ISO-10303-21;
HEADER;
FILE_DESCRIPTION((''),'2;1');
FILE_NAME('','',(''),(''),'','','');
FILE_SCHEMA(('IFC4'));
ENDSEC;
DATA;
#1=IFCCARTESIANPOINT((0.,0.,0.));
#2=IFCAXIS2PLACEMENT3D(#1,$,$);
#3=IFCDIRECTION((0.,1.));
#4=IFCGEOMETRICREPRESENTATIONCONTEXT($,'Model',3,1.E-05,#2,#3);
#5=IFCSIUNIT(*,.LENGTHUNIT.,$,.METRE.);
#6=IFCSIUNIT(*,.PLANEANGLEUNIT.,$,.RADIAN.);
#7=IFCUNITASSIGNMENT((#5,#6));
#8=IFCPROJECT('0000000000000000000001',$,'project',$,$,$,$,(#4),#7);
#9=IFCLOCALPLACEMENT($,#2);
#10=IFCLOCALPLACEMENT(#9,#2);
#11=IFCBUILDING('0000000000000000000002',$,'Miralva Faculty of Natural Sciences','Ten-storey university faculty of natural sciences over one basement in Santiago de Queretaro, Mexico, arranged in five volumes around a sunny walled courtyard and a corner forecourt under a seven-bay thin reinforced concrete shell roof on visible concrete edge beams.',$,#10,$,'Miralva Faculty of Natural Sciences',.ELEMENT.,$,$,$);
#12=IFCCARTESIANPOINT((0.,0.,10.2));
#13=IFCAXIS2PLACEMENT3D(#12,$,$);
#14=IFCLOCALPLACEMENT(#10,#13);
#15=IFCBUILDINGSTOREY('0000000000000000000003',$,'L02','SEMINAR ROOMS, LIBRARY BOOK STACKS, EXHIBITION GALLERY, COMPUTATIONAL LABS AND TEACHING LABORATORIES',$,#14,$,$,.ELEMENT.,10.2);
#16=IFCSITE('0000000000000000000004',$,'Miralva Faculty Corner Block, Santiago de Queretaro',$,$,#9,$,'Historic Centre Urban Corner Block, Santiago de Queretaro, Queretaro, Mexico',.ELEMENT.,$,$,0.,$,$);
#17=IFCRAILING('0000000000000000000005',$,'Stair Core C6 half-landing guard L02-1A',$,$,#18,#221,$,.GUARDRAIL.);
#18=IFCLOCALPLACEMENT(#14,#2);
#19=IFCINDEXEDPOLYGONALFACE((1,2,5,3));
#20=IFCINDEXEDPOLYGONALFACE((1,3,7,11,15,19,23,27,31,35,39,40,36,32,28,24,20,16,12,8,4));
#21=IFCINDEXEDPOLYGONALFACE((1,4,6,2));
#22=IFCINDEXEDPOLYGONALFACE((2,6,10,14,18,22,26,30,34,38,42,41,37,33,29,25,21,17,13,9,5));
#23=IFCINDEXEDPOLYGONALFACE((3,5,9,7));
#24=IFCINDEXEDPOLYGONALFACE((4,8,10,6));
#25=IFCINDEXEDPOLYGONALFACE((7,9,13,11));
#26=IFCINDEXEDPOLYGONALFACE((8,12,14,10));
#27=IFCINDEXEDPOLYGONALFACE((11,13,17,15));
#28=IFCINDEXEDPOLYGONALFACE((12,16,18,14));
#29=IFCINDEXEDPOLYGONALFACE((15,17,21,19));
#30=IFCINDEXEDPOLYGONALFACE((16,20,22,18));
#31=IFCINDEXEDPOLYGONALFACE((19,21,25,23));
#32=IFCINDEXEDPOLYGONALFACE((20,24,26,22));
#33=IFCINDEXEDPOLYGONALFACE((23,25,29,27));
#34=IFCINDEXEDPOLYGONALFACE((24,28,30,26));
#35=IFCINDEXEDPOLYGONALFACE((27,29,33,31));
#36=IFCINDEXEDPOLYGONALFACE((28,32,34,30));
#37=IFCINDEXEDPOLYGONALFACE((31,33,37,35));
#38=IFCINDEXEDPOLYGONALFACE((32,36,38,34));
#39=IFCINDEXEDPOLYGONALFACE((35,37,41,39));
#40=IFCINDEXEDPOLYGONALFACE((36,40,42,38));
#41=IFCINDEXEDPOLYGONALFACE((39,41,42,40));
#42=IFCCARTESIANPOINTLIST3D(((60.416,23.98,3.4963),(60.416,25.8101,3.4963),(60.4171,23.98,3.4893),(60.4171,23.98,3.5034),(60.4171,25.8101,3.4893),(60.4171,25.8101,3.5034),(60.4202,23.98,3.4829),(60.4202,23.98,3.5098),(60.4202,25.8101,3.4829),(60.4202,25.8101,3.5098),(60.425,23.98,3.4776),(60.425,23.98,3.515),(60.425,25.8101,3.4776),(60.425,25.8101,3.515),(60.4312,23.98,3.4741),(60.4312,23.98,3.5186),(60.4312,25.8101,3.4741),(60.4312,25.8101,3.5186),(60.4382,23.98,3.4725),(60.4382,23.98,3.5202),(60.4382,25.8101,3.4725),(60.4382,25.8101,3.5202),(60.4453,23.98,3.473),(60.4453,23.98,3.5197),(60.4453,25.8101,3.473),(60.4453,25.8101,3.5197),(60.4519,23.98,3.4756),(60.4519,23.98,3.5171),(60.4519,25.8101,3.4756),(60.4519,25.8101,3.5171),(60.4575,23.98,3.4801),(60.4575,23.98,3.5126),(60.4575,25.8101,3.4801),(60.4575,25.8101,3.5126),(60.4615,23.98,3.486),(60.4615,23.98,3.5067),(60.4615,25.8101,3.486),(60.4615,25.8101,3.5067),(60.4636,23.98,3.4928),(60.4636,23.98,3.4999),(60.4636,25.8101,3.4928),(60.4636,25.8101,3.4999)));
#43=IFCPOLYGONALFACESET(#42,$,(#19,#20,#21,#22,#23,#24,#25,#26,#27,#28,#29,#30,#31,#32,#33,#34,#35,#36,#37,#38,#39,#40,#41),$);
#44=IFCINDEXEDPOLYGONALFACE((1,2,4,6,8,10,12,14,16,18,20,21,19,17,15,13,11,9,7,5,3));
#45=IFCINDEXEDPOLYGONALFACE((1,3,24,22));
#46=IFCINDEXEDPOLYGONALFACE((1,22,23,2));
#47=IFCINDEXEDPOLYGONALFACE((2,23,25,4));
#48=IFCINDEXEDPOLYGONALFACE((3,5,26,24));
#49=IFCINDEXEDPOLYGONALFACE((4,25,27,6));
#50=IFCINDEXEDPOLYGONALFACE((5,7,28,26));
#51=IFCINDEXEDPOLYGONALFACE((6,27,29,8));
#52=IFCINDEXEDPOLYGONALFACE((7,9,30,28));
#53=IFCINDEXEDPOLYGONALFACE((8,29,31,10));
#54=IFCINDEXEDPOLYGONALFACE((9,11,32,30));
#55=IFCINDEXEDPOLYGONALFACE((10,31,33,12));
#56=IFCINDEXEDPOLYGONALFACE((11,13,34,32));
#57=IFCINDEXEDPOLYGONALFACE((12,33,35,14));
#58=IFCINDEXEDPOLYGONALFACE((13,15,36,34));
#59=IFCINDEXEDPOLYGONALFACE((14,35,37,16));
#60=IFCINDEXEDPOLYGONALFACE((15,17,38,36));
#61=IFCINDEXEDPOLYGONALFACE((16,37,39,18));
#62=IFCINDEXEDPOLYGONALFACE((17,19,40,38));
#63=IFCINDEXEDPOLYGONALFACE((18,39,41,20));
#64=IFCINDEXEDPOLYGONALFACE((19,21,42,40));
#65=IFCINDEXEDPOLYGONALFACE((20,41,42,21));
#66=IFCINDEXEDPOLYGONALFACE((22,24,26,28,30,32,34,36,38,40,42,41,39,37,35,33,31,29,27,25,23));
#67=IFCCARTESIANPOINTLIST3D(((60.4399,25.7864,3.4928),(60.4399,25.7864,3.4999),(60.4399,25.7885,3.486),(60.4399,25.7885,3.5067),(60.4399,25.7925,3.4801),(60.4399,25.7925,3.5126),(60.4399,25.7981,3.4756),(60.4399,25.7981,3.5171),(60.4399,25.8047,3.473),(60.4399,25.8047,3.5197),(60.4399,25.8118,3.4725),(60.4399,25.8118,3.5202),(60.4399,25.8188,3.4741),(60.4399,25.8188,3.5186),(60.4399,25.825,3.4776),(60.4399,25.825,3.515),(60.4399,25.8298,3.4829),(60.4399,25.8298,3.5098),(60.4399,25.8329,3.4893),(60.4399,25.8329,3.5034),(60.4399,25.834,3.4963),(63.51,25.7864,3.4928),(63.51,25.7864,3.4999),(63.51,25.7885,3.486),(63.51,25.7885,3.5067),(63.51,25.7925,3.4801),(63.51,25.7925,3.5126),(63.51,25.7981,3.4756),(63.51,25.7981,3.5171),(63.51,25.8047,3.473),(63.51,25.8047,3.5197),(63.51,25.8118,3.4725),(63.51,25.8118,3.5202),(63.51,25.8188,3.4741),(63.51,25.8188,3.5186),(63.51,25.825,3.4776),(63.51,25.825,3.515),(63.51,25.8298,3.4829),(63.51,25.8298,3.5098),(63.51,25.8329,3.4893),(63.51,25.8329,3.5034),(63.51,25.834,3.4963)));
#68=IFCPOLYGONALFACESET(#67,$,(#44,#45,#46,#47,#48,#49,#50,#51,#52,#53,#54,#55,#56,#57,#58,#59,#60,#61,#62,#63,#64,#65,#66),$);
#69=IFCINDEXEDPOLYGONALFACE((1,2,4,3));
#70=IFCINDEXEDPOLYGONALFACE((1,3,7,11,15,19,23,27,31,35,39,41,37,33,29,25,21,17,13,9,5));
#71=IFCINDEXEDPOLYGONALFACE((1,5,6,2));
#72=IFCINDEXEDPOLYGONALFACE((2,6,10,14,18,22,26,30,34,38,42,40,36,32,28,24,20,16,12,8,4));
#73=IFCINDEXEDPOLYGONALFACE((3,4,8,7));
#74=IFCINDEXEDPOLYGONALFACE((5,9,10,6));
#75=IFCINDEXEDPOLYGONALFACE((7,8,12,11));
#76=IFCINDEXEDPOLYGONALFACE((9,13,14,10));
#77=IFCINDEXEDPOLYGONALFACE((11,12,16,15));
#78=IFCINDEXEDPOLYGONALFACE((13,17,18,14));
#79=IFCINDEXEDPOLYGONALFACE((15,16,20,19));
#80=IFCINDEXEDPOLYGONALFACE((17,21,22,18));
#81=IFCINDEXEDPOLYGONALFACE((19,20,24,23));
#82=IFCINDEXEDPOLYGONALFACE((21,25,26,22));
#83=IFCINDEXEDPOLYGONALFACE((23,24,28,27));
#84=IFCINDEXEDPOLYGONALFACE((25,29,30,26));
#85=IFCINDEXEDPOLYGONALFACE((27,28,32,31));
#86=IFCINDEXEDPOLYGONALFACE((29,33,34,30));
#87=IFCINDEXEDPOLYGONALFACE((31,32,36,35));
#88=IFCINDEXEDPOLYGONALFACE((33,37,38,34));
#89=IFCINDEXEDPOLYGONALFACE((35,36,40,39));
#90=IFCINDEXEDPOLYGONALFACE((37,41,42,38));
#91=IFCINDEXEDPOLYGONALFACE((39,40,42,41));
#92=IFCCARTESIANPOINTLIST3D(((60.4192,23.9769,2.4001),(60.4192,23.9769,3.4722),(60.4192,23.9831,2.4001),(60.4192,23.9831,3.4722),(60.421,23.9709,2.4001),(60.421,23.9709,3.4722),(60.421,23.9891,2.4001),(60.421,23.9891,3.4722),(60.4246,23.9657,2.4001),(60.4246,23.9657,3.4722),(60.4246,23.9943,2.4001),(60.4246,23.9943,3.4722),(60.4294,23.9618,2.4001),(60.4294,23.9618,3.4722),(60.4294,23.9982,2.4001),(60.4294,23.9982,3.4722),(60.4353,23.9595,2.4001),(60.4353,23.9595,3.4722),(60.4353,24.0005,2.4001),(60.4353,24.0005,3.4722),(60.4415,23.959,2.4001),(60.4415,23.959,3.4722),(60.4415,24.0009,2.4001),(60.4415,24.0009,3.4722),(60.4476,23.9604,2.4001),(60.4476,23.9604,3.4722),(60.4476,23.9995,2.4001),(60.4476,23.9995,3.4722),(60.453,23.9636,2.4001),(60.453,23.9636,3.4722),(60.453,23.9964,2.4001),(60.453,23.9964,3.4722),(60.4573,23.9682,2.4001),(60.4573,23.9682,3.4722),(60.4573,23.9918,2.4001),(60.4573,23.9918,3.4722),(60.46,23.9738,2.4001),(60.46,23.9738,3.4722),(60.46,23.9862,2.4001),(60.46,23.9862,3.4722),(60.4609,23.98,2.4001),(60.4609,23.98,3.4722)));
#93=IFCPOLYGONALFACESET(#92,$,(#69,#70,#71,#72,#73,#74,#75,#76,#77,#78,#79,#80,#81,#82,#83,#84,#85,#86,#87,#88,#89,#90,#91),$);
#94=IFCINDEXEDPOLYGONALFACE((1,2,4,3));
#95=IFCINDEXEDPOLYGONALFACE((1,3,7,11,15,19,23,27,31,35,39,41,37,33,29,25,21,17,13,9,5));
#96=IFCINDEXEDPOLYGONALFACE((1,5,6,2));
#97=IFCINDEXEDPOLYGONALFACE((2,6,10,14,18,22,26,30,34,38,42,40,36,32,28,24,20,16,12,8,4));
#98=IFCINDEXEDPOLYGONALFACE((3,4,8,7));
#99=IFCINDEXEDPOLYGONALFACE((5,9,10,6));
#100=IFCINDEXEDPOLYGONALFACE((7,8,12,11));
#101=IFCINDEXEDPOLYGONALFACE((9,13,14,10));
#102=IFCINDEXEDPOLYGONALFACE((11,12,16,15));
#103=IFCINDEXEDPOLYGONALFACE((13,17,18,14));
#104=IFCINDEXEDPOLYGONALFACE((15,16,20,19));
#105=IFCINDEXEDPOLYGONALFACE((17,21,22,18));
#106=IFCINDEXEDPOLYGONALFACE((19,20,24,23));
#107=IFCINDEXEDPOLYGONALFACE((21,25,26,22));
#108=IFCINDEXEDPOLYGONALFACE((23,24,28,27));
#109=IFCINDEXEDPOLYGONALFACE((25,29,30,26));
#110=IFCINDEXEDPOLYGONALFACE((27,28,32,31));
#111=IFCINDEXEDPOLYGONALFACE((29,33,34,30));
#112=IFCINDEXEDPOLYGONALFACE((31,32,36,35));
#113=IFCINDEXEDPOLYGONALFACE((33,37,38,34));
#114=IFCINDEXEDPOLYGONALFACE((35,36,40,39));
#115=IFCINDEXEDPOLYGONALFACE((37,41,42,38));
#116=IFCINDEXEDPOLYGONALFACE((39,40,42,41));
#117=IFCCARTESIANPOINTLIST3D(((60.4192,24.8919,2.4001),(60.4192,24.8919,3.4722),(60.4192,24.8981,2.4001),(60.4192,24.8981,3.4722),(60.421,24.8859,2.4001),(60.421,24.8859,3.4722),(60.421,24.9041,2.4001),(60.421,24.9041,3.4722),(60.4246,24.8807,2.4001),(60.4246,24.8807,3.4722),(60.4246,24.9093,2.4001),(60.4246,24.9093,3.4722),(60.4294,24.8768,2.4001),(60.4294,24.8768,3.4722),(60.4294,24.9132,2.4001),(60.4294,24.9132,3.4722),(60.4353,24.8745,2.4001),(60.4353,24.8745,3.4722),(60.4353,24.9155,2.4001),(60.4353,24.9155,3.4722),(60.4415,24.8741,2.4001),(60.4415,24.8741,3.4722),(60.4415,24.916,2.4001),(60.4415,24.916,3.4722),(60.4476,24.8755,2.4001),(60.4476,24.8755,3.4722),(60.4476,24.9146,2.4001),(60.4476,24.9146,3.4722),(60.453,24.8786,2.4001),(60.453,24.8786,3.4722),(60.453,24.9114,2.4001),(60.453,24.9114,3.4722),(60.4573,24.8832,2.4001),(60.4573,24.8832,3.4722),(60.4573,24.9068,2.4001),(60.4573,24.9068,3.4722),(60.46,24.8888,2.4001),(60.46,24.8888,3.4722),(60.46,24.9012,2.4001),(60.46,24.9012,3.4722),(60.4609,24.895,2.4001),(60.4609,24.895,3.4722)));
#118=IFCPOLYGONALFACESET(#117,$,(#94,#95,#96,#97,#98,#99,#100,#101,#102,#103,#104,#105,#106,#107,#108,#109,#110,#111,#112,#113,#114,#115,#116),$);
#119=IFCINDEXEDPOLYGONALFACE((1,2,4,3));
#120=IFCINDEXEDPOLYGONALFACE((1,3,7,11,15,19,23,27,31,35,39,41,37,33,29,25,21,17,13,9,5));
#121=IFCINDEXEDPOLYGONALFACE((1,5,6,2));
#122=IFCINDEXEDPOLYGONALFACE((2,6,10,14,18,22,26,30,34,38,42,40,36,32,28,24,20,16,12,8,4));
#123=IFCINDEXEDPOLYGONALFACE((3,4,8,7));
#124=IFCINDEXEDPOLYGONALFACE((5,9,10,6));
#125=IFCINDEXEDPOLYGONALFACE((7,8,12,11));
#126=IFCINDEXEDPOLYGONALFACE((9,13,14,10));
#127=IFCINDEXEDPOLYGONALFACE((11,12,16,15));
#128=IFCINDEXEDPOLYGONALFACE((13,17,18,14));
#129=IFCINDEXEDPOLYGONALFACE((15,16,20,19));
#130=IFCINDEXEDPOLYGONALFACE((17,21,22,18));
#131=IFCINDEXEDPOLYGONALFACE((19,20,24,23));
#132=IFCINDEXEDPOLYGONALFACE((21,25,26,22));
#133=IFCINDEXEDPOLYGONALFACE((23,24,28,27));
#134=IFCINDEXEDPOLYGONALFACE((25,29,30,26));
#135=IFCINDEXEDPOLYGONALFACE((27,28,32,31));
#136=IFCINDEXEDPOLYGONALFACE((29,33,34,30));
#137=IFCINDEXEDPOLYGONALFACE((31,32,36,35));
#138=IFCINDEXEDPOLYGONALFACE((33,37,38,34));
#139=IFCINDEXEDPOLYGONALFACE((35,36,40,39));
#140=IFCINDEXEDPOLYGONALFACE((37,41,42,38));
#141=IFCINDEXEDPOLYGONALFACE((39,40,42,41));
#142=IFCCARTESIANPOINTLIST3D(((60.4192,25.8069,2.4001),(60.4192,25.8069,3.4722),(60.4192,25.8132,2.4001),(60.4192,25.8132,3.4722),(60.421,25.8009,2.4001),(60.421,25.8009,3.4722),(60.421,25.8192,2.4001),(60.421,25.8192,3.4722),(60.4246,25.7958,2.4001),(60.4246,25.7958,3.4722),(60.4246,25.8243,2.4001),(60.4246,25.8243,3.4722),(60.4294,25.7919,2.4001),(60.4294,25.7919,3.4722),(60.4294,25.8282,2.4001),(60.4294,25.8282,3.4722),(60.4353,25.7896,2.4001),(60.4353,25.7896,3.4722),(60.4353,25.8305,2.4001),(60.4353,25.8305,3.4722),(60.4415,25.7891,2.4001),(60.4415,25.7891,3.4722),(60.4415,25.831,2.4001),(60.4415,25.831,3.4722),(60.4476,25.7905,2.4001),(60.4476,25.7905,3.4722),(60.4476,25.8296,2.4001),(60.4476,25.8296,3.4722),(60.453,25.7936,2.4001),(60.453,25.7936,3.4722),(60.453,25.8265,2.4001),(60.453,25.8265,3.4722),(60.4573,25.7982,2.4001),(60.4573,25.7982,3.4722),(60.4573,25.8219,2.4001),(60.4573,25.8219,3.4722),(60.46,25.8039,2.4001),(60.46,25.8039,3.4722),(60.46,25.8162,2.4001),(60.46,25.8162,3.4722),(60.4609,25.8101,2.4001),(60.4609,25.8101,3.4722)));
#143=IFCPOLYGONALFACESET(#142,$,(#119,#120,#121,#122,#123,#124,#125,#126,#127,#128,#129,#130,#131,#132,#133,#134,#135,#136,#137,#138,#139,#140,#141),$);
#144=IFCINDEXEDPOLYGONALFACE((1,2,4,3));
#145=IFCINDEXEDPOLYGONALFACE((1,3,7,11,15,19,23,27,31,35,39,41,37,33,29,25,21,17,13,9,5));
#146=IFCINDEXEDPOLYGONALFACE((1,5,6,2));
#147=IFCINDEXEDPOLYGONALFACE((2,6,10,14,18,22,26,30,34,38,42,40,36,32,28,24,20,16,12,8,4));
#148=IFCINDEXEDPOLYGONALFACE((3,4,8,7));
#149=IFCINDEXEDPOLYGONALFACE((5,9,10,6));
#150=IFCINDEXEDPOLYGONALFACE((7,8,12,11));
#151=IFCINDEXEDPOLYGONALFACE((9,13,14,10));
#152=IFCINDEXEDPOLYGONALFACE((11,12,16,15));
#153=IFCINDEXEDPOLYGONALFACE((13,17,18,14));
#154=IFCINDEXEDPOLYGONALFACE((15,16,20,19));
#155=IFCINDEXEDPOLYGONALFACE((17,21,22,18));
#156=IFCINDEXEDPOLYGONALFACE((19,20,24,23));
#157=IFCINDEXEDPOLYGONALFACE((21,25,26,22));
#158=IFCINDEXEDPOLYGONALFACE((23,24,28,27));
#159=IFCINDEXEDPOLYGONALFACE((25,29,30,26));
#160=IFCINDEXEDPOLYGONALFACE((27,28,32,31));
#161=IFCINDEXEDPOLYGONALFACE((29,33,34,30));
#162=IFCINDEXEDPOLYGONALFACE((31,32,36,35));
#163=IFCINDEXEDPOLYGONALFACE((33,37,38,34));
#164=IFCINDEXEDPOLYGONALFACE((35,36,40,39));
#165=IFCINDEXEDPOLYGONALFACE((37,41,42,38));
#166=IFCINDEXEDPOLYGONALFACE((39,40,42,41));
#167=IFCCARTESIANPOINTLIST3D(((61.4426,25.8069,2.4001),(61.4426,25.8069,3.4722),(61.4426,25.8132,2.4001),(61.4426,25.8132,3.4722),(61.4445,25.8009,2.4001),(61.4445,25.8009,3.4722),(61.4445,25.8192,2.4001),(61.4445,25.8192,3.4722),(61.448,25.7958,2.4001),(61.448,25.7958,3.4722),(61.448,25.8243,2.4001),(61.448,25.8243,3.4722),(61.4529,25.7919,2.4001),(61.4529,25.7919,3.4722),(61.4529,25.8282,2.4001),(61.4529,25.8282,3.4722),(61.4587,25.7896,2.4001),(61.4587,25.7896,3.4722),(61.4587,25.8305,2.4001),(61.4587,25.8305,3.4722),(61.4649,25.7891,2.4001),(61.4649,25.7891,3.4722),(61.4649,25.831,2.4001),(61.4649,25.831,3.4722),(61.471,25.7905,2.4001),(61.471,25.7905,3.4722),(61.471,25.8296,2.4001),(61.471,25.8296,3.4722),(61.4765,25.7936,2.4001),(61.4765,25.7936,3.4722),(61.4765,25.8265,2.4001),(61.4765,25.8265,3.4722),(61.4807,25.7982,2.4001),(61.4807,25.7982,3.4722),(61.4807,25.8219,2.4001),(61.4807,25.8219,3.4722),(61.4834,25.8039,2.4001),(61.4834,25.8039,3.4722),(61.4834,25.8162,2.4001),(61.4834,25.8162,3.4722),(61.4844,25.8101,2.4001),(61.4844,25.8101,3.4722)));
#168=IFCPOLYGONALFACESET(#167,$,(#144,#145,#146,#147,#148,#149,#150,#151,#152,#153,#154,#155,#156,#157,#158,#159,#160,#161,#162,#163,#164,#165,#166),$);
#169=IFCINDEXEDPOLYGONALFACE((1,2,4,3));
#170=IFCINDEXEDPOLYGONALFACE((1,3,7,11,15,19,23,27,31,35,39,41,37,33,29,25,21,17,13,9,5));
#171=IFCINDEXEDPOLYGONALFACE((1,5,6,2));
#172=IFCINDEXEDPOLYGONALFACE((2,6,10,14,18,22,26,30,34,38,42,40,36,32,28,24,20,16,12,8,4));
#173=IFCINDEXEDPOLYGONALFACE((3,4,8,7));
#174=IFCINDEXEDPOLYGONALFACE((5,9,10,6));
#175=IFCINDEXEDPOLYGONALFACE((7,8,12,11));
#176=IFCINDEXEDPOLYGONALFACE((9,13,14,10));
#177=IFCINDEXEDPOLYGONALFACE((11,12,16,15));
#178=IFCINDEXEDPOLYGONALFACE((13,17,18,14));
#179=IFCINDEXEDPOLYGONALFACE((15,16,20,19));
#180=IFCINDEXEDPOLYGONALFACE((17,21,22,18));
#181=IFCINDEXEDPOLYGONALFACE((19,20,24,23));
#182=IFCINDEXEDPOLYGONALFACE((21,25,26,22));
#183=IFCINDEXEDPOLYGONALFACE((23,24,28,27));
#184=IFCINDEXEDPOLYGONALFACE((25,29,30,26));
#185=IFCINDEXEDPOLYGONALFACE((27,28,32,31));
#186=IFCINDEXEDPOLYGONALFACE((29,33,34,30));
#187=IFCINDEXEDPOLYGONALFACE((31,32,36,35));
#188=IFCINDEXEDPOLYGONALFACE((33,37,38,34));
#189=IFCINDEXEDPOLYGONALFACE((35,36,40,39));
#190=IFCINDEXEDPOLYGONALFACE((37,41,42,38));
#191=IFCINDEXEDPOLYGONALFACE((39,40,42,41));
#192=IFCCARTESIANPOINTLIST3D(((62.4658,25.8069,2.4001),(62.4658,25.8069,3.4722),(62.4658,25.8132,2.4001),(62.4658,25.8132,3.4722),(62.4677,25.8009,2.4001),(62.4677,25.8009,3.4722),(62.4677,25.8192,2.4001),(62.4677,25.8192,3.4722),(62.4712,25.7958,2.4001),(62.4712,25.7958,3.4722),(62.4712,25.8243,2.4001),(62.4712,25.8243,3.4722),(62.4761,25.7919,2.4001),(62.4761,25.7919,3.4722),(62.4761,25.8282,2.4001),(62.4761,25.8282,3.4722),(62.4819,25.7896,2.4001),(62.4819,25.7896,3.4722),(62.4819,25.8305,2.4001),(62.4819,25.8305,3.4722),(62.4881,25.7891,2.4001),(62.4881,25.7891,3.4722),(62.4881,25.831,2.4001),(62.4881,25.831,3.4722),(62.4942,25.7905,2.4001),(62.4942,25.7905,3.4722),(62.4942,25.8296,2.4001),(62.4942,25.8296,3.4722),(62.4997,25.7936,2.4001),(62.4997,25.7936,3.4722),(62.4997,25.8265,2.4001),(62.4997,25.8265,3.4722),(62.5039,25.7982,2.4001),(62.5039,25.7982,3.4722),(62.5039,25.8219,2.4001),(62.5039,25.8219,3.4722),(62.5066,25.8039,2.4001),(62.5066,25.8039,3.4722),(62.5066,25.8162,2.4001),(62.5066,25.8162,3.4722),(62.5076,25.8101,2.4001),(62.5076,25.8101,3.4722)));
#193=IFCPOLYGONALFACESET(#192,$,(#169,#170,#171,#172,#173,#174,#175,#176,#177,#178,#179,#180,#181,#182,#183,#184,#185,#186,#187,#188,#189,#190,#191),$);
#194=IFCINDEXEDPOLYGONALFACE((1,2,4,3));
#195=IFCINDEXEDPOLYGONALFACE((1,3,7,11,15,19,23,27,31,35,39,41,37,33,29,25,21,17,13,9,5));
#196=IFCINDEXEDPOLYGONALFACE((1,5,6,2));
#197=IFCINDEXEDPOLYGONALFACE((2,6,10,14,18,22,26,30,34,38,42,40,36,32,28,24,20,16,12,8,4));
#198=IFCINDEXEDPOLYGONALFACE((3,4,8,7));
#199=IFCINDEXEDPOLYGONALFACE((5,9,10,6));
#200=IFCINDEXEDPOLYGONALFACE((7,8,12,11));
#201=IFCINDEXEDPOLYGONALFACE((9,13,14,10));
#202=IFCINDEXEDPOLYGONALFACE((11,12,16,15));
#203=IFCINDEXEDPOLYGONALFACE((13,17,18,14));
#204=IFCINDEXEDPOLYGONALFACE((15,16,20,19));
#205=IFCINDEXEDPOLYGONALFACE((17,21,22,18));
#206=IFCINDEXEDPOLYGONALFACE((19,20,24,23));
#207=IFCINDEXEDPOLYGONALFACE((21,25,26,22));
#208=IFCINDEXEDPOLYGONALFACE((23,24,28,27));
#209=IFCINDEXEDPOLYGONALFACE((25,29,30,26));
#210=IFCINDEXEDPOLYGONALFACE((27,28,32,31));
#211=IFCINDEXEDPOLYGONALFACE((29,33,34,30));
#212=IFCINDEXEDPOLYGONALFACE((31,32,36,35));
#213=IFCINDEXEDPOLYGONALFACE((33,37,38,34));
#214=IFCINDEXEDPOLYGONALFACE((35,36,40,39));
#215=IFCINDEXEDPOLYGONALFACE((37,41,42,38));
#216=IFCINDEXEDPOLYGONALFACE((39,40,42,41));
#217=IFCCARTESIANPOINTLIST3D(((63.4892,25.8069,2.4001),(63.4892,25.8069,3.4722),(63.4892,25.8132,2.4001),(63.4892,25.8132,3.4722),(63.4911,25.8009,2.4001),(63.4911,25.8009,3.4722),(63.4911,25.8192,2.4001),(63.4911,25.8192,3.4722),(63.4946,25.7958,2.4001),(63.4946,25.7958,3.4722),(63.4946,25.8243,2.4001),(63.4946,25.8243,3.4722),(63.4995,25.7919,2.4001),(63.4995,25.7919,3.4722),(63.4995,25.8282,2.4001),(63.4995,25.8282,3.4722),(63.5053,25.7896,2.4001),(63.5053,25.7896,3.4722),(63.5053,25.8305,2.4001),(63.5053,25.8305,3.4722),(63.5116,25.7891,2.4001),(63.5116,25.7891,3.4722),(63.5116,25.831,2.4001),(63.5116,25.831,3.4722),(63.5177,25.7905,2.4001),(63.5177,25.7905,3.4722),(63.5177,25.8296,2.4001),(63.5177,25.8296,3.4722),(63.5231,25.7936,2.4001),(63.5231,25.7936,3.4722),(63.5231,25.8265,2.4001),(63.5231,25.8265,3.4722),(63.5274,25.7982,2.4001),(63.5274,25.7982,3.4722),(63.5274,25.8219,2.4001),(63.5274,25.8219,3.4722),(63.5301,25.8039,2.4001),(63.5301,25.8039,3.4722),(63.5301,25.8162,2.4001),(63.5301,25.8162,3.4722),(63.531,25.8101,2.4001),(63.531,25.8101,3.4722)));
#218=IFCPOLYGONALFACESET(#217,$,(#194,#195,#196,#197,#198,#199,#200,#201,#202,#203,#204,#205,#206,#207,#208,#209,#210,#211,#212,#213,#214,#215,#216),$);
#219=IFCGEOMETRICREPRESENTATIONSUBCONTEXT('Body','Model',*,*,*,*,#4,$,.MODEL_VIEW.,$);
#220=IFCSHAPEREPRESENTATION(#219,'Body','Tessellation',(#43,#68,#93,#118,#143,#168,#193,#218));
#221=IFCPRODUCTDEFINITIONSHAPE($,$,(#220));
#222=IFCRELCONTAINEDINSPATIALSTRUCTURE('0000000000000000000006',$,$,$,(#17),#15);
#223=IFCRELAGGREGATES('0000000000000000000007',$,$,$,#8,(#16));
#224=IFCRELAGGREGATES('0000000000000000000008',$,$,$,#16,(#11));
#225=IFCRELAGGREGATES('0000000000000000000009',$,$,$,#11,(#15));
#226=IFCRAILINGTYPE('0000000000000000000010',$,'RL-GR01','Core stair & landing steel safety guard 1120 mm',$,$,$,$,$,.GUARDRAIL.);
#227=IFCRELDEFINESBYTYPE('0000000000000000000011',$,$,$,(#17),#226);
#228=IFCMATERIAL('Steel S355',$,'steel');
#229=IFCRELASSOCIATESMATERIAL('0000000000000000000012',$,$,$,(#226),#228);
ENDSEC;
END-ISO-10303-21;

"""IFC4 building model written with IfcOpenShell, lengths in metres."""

from ifc_helpers import new_model, si_unit, direction, frame, origin, origin_2d, place, context, subcontext, project, spatial, circle, extrude, material, type_object, element, save


model = new_model("IFC4")

# Units and contexts
model_context = context("Model", 3, precision=1e-05, world=origin(), true_north=direction((0.0, 1.0)))
body_context = subcontext(model_context, "Body", "Model", "MODEL_VIEW")
ifc_project = project(units=[si_unit("LENGTHUNIT", "METRE"), si_unit("PLANEANGLEUNIT", "RADIAN")], contexts=[model_context])

# Site, building, storey
site_placement = place(None, origin())
site = spatial("IfcSite", under=ifc_project, at=site_placement, Name="Miralva Faculty Corner Block, Santiago de Queretaro", LongName="Historic Centre Urban Corner Block, Santiago de Queretaro, Queretaro, Mexico", CompositionType="ELEMENT", RefElevation=0.0)
building_placement = place(site_placement, origin())
building = spatial("IfcBuilding", under=site, at=building_placement, Name="Miralva Faculty of Natural Sciences", Description="Ten-storey university faculty of natural sciences over one basement in Santiago de Queretaro, Mexico, arranged in five volumes around a sunny walled courtyard and a corner forecourt under a seven-bay thin reinforced concrete shell roof on visible concrete edge beams.", LongName="Miralva Faculty of Natural Sciences", CompositionType="ELEMENT")
storey_placement = place(building_placement, frame((0.0, 0.0, 10.2)))
storey = spatial("IfcBuildingStorey", under=building, at=storey_placement, Name="L02", Description="SEMINAR ROOMS, LIBRARY BOOK STACKS, EXHIBITION GALLERY, COMPUTATIONAL LABS AND TEACHING LABORATORIES", CompositionType="ELEMENT", Elevation=10.2)

# Railing
ifc_material_1 = material(Name="Steel S355", Category="steel")
railing_type_1 = type_object("IfcRailingType", Name="RL-GR01", Description="Core stair & landing steel safety guard 1120 mm", PredefinedType="GUARDRAIL", material=ifc_material_1)
railing_1_placement = place(storey_placement, frame((60.4399, 23.98, 2.4001)))
element("IfcRailing", 1, at=railing_1_placement, inside=storey, type_object=railing_type_1, Name="Stair Core C6 half-landing guard L02-1A", PredefinedType="GUARDRAIL", context=body_context, shape_type="SweptSolid", body=[
    extrude(circle(Radius=0.0239, at=origin_2d()), frame((0.0, 0.0, 1.0962), z_axis=(0.0, 1.0, 0.0), x_axis=(-1.0, 0.0, 0.0)), (0.0, 0.0, 1.0), 1.8301),
    extrude(circle(Radius=0.0239, at=origin_2d()), frame((0.0, 1.8301, 1.0962), z_axis=(1.0, 0.0, 0.0), x_axis=(0.0, 1.0, 0.0)), (0.0, 0.0, 1.0), 3.0701),
    extrude(circle(Radius=0.021, at=origin_2d()), origin(), (0.0, 0.0, 1.0), 1.072),
    extrude(circle(Radius=0.021, at=origin_2d()), frame((0.0, 0.915, 0.0)), (0.0, 0.0, 1.0), 1.072),
    extrude(circle(Radius=0.021, at=origin_2d()), frame((0.0, 1.8301, 0.0)), (0.0, 0.0, 1.0), 1.072),
    extrude(circle(Radius=0.021, at=origin_2d()), frame((1.0234, 1.8301, 0.0)), (0.0, 0.0, 1.0), 1.072),
    extrude(circle(Radius=0.021, at=origin_2d()), frame((2.0466, 1.8301, 0.0)), (0.0, 0.0, 1.0), 1.072),
    extrude(circle(Radius=0.021, at=origin_2d()), frame((3.0701, 1.8301, 0.0)), (0.0, 0.0, 1.0), 1.072),
])

save(model, "model.ifc")
